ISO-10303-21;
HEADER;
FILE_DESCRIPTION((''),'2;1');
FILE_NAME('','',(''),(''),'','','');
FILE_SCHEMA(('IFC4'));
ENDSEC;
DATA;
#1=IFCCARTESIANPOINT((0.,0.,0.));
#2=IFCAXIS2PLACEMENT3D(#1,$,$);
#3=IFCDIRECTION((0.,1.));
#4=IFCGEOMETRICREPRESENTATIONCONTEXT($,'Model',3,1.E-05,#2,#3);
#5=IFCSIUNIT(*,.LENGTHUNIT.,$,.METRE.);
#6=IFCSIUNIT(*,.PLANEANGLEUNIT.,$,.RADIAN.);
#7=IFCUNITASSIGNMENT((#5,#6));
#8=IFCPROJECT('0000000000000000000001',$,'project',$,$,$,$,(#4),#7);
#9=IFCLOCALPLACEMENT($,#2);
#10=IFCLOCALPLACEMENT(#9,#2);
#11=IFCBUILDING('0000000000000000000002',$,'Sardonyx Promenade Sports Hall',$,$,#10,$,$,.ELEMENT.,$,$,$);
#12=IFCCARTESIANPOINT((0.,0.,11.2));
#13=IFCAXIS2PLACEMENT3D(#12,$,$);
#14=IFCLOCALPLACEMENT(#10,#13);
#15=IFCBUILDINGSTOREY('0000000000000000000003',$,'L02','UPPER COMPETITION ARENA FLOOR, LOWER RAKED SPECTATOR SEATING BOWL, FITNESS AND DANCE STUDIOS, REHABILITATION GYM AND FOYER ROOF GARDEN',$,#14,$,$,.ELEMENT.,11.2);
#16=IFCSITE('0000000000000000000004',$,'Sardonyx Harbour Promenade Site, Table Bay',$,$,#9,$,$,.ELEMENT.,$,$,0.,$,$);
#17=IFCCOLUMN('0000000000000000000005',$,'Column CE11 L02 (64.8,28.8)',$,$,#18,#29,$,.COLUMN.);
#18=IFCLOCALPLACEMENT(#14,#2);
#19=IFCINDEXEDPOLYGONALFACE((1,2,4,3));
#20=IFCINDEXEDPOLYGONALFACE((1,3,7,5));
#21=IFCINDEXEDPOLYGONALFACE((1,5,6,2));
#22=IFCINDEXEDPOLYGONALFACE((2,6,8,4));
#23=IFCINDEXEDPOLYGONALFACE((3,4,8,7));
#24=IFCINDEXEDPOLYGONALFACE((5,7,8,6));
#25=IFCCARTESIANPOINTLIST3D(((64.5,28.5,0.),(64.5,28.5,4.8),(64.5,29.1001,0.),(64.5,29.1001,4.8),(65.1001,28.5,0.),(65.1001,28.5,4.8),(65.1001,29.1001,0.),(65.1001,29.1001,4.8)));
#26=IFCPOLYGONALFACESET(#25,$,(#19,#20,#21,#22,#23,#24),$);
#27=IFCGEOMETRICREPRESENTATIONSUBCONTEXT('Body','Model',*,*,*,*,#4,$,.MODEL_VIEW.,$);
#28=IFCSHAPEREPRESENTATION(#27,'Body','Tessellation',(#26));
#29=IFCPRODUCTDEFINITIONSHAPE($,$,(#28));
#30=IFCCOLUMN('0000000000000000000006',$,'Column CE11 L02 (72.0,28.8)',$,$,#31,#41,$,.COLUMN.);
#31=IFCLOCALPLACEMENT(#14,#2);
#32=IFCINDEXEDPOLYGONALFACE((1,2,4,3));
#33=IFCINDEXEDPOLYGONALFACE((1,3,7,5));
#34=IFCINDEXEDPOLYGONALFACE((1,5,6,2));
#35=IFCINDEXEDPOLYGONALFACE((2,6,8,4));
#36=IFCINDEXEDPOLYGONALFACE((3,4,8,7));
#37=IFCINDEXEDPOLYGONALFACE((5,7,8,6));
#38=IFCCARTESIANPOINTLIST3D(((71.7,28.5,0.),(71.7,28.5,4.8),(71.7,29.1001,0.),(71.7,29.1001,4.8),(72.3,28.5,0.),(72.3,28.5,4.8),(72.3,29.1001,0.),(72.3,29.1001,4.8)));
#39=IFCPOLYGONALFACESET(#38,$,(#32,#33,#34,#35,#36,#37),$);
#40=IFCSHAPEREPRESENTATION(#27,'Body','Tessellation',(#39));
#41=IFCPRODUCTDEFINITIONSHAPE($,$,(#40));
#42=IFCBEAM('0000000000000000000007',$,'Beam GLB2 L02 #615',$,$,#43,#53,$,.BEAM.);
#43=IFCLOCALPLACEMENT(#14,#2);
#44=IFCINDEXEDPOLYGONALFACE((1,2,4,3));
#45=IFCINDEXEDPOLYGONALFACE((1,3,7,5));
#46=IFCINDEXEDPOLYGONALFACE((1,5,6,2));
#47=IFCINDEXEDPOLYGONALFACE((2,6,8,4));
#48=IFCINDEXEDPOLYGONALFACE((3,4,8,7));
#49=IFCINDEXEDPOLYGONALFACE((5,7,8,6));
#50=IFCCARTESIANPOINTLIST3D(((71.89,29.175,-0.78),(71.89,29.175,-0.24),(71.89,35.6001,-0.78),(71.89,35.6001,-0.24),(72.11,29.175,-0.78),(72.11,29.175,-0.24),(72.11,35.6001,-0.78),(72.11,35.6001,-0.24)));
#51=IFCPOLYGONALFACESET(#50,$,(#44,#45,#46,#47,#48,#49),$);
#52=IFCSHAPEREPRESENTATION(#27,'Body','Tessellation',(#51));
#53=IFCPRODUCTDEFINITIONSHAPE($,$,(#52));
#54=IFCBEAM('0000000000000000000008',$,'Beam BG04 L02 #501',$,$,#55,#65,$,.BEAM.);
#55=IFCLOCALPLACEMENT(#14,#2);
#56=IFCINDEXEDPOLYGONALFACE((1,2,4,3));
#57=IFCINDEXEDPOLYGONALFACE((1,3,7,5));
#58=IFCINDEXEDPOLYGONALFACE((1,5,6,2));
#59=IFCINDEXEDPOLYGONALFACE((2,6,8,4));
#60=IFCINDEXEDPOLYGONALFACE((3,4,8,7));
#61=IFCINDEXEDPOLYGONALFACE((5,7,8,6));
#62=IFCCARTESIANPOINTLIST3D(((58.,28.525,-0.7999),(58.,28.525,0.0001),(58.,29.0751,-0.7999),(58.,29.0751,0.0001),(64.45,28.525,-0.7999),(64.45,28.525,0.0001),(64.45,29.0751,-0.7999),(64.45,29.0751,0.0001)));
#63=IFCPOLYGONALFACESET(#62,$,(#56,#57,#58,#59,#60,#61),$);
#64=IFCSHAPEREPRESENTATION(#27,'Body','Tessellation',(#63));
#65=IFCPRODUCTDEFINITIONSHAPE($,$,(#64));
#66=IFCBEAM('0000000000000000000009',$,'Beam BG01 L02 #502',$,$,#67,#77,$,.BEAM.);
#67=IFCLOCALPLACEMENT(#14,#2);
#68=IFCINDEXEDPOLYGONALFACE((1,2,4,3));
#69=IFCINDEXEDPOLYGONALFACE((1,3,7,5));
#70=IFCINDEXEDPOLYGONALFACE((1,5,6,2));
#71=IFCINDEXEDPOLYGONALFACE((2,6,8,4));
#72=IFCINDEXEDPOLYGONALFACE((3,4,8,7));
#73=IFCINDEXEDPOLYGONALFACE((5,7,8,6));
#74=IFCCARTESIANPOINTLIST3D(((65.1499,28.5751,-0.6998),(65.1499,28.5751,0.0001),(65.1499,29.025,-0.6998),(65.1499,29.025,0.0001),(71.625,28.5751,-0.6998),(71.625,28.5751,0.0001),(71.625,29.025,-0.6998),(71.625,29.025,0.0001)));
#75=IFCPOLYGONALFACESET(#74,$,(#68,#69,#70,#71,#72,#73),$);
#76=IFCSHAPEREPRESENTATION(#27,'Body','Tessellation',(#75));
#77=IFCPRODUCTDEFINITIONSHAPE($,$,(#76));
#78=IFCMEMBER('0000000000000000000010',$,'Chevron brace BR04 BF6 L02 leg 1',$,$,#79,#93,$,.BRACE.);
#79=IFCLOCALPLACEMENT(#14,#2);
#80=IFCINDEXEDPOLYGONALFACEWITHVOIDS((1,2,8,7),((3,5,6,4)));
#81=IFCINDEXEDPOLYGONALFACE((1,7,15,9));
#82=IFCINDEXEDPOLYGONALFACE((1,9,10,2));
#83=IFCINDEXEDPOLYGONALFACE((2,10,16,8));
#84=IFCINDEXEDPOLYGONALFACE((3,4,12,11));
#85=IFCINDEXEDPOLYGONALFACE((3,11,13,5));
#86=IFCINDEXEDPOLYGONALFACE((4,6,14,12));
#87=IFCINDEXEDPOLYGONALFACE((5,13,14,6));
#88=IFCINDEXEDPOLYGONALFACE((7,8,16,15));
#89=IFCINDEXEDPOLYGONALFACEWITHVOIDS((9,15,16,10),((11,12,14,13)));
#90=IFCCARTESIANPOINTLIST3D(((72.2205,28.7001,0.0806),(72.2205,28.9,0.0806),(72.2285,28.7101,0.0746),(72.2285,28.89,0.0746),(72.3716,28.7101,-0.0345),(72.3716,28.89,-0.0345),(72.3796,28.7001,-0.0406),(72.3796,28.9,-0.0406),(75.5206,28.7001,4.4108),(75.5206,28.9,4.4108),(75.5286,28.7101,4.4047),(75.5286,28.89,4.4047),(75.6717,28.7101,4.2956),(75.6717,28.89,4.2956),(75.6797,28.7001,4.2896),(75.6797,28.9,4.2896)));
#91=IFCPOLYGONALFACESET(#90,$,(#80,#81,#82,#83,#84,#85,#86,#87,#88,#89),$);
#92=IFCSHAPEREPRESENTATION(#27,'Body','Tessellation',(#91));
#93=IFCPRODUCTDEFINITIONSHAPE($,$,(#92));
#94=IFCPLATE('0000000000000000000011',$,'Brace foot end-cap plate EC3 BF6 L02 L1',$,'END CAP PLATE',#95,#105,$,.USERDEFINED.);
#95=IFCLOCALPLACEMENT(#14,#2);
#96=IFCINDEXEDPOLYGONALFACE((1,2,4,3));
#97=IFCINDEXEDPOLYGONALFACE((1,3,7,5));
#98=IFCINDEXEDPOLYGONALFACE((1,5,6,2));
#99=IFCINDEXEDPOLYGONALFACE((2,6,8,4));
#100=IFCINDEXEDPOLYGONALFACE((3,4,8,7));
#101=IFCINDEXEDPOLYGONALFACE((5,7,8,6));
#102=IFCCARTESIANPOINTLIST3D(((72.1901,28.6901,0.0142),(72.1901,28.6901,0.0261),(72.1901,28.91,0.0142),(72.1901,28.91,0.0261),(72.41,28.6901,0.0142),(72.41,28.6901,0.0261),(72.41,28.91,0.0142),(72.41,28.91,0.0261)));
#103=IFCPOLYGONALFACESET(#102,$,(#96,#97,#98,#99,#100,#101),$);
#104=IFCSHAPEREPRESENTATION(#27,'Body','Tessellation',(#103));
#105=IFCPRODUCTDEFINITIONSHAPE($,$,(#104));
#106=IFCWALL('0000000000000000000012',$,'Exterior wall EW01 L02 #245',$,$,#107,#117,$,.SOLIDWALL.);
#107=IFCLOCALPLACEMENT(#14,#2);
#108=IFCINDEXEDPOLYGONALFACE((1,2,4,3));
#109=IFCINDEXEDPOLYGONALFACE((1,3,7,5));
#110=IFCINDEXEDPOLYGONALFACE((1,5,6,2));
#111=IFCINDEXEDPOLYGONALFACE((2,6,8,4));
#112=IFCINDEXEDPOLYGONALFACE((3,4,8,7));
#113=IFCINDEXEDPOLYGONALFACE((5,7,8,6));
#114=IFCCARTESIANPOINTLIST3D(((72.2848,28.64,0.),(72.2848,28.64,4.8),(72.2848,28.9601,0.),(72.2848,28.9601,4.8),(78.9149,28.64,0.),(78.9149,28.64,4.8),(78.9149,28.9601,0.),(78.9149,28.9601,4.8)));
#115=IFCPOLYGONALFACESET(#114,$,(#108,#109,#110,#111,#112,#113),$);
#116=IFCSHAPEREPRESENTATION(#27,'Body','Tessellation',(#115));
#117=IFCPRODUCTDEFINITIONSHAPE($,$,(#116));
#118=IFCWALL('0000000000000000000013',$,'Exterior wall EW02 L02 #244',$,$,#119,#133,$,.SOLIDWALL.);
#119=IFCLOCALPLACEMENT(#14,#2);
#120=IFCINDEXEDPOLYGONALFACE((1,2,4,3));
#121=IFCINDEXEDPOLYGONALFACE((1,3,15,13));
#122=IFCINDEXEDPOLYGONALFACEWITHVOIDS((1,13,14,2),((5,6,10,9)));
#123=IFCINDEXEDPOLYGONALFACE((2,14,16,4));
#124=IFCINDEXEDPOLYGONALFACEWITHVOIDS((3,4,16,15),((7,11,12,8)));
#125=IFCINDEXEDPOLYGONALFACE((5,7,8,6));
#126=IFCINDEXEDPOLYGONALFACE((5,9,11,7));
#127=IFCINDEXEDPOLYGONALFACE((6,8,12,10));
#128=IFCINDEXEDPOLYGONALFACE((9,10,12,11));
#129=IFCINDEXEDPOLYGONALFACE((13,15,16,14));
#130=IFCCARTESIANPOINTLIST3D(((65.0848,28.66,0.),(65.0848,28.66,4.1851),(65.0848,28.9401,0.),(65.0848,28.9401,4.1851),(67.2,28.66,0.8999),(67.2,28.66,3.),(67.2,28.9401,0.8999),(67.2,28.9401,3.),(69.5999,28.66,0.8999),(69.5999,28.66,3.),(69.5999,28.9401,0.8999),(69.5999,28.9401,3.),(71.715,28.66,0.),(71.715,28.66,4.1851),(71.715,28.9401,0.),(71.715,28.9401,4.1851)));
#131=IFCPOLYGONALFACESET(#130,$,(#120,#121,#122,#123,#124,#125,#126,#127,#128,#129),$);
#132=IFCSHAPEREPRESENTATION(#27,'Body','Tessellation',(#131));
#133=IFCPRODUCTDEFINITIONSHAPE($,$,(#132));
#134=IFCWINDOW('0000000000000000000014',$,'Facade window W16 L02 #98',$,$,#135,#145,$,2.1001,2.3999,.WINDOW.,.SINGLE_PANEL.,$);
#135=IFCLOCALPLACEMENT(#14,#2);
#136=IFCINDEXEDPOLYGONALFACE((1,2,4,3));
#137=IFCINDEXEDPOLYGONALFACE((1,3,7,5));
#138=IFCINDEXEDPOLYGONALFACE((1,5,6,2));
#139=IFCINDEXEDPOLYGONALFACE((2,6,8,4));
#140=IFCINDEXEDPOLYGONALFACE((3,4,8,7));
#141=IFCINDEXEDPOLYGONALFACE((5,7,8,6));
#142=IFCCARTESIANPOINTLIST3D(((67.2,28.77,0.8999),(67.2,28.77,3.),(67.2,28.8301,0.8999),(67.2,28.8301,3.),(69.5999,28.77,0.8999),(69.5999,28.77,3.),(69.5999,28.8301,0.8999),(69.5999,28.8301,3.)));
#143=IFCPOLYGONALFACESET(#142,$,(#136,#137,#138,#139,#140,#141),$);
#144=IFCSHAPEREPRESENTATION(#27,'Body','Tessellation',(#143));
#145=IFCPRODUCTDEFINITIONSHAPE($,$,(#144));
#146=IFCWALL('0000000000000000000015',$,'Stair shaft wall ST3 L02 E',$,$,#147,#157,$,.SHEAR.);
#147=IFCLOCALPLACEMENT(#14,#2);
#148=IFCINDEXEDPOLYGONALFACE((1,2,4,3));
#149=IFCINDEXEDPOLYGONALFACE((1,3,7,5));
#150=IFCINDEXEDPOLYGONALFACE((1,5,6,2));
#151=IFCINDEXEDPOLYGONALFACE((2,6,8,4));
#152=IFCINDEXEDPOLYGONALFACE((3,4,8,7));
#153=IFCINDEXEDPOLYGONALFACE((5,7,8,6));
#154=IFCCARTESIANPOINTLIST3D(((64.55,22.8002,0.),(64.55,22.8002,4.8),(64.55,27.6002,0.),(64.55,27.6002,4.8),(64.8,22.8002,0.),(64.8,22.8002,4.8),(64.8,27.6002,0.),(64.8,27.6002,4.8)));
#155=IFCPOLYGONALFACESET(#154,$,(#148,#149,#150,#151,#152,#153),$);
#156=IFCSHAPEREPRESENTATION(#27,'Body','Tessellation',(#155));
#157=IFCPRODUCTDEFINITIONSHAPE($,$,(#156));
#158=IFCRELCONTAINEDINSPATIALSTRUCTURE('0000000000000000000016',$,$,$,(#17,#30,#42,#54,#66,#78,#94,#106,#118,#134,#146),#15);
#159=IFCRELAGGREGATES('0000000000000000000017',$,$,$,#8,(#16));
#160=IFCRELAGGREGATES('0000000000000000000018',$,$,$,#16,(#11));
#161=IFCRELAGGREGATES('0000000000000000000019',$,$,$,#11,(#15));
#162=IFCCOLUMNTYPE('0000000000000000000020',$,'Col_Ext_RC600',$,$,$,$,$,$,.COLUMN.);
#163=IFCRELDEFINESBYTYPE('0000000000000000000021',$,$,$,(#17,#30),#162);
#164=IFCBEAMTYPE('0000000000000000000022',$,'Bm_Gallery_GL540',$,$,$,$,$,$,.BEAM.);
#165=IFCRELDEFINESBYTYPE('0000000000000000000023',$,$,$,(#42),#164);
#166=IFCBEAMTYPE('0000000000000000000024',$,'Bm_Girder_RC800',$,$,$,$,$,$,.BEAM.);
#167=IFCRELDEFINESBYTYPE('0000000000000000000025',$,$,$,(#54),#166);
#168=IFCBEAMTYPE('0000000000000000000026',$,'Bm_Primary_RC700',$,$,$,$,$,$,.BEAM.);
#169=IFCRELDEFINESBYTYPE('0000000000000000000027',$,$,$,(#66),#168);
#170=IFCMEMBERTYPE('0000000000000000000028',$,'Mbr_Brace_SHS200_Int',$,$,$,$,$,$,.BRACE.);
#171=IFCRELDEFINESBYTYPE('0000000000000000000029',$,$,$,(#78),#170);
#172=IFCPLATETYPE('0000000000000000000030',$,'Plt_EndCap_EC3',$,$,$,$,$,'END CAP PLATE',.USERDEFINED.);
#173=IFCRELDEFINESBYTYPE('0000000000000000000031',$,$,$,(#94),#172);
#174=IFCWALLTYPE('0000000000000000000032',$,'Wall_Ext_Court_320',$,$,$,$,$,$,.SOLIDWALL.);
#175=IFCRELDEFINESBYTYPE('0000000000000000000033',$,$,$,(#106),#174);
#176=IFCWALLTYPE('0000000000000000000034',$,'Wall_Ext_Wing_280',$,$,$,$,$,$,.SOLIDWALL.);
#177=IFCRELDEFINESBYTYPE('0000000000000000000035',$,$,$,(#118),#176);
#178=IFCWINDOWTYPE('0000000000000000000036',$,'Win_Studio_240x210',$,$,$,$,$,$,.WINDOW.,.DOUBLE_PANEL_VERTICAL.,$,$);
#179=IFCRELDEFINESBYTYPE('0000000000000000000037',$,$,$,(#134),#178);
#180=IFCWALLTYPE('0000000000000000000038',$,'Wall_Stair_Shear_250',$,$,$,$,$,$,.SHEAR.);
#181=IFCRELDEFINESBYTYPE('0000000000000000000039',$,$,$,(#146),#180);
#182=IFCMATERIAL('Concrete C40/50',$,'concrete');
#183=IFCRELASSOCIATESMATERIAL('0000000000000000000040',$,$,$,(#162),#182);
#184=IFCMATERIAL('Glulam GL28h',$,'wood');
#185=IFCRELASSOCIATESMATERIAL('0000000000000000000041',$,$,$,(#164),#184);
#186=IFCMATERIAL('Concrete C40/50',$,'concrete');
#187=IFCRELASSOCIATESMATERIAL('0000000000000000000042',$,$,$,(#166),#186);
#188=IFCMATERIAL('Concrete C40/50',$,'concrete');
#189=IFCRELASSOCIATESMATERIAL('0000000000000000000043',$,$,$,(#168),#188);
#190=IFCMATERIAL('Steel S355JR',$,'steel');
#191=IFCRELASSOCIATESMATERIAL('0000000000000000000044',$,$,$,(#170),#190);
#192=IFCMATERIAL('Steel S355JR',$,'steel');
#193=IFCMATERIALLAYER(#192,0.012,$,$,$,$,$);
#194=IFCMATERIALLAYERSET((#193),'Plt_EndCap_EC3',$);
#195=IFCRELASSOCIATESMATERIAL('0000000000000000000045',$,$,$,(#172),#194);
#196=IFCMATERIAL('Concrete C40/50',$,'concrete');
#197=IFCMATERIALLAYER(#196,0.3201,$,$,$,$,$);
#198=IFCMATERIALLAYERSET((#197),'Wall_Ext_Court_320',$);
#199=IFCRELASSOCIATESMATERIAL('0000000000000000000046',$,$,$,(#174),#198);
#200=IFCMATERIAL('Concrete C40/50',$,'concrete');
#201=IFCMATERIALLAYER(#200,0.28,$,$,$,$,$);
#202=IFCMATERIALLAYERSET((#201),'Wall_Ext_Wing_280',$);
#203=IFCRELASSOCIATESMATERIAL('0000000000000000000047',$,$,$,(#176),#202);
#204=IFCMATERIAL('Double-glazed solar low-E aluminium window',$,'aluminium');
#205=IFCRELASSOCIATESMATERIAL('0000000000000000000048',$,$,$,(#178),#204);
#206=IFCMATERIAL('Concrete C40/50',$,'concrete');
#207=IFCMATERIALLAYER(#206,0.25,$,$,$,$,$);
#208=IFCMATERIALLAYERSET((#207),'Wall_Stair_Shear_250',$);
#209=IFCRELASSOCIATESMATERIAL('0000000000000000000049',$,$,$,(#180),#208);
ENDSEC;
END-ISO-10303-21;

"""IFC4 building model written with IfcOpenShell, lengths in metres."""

from ifc_helpers import new_model, si_unit, direction, frame, frame_2d, origin, origin_2d, place, context, subcontext, project, spatial, rectangle, hollow_rectangle, extrude, material, layer, layer_set, material_profile, profile_set, type_object, element, fill, save


model = new_model("IFC4")

# Units and contexts
model_context = context("Model", 3, precision=1e-05, world=origin(), true_north=direction((0.0, 1.0)))
body_context = subcontext(model_context, "Body", "Model", "MODEL_VIEW")
ifc_project = project(units=[si_unit("LENGTHUNIT", "METRE"), si_unit("PLANEANGLEUNIT", "RADIAN")], contexts=[model_context])

# Site, building, storey
site_placement = place(None, origin())
site = spatial("IfcSite", under=ifc_project, at=site_placement, Name="Sardonyx Harbour Promenade Site, Table Bay", CompositionType="ELEMENT", RefElevation=0.0)
building_placement = place(site_placement, origin())
building = spatial("IfcBuilding", under=site, at=building_placement, Name="Sardonyx Promenade Sports Hall", CompositionType="ELEMENT")
storey_placement = place(building_placement, frame((0.0, 0.0, 11.2)))
storey = spatial("IfcBuildingStorey", under=building, at=storey_placement, Name="L02", Description="UPPER COMPETITION ARENA FLOOR, LOWER RAKED SPECTATOR SEATING BOWL, FITNESS AND DANCE STUDIOS, REHABILITATION GYM AND FOYER ROOF GARDEN", CompositionType="ELEMENT", Elevation=11.2)

# Columns
ifc_material_1 = material(Name="Concrete C40/50", Category="concrete")
ifc_material_profile_1 = material_profile(ifc_material_1, rectangle(XDim=0.6001, YDim=0.6001, at=origin_2d()))
ifc_profile_set_1 = profile_set([ifc_material_profile_1], Name="Concrete C40/50")
column_type = type_object("IfcColumnType", Name="Col_Ext_RC600", PredefinedType="COLUMN", material=ifc_profile_set_1)
for number, where, z_axis, x_axis, name in (
    (1, (64.8, 28.8, 0.0), (0.0, 0.0, 1.0), (1.0, 0.0, 0.0), "Column CE11 L02 (64.8,28.8)"),
    (2, (72.0, 28.8, 0.0), (0.0, 0.0, 1.0), (1.0, 0.0, 0.0), "Column CE11 L02 (72.0,28.8)"),
):
    element("IfcColumn", number, at=place(storey_placement, frame(where, z_axis=z_axis, x_axis=x_axis)), inside=storey, type_object=column_type, Name=name, PredefinedType="COLUMN", context=body_context, shape_type="SweptSolid", body=[
        extrude(rectangle(XDim=0.6001, YDim=0.6001, at=origin_2d()), origin(), (0.0, 0.0, 1.0), 4.8),
    ])

# Beams
ifc_material_2 = material(Name="Glulam GL28h", Category="wood")
ifc_material_profile_2 = material_profile(ifc_material_2, rectangle(XDim=0.22, YDim=0.54, at=origin_2d()))
ifc_profile_set_2 = profile_set([ifc_material_profile_2], Name="Glulam GL28h")
beam_type_1 = type_object("IfcBeamType", Name="Bm_Gallery_GL540", PredefinedType="BEAM", material=ifc_profile_set_2)
beam_1_placement = place(storey_placement, frame((72.0, 29.175, -0.51), z_axis=(0.0, 1.0, 0.0), x_axis=(-1.0, 0.0, 0.0)))
element("IfcBeam", 3, at=beam_1_placement, inside=storey, type_object=beam_type_1, Name="Beam GLB2 L02 #615", PredefinedType="BEAM", context=body_context, shape_type="SweptSolid", body=[
    extrude(rectangle(XDim=0.22, YDim=0.54, at=origin_2d()), origin(), (0.0, 0.0, 1.0), 6.425),
])
ifc_material_3 = material(Name="Concrete C40/50", Category="concrete")
ifc_material_profile_3 = material_profile(ifc_material_3, rectangle(XDim=0.55, YDim=0.8, at=origin_2d()))
ifc_profile_set_3 = profile_set([ifc_material_profile_3], Name="Concrete C40/50")
beam_type_2 = type_object("IfcBeamType", Name="Bm_Girder_RC800", PredefinedType="BEAM", material=ifc_profile_set_3)
beam_2_placement = place(storey_placement, frame((58.0, 28.8, -0.3999), z_axis=(1.0, 0.0, 0.0), x_axis=(0.0, 1.0, 0.0)))
element("IfcBeam", 4, at=beam_2_placement, inside=storey, type_object=beam_type_2, Name="Beam BG04 L02 #501", PredefinedType="BEAM", context=body_context, shape_type="SweptSolid", body=[
    extrude(rectangle(XDim=0.55, YDim=0.8, at=origin_2d()), origin(), (0.0, 0.0, 1.0), 6.45),
])
ifc_material_4 = material(Name="Concrete C40/50", Category="concrete")
ifc_material_profile_4 = material_profile(ifc_material_4, rectangle(XDim=0.45, YDim=0.7, at=origin_2d()))
ifc_profile_set_4 = profile_set([ifc_material_profile_4], Name="Concrete C40/50")
beam_type_3 = type_object("IfcBeamType", Name="Bm_Primary_RC700", PredefinedType="BEAM", material=ifc_profile_set_4)
beam_3_placement = place(storey_placement, frame((65.1499, 28.8, -0.3499), z_axis=(1.0, 0.0, 0.0), x_axis=(0.0, 1.0, 0.0)))
element("IfcBeam", 5, at=beam_3_placement, inside=storey, type_object=beam_type_3, Name="Beam BG01 L02 #502", PredefinedType="BEAM", context=body_context, shape_type="SweptSolid", body=[
    extrude(rectangle(XDim=0.45, YDim=0.7, at=origin_2d()), origin(), (0.0, 0.0, 1.0), 6.4751),
])

# Member
ifc_material_5 = material(Name="Steel S355JR", Category="steel")
ifc_material_profile_5 = material_profile(ifc_material_5, hollow_rectangle(XDim=0.2, YDim=0.2, WallThickness=0.01, at=origin_2d()))
ifc_profile_set_5 = profile_set([ifc_material_profile_5], Name="Steel S355JR")
member_type = type_object("IfcMemberType", Name="Mbr_Brace_SHS200_Int", PredefinedType="BRACE", material=ifc_profile_set_5)
member_placement = place(storey_placement, frame((72.3, 28.8, 0.02), z_axis=(0.606153, 0.0, 0.795348), x_axis=(0.0, 1.0, 0.0)))
element("IfcMember", 6, at=member_placement, inside=storey, type_object=member_type, Name="Chevron brace BR04 BF6 L02 leg 1", PredefinedType="BRACE", context=body_context, shape_type="SweptSolid", body=[
    extrude(hollow_rectangle(XDim=0.2, YDim=0.2, WallThickness=0.01, at=origin_2d()), origin(), (0.0, 0.0, 1.0), 5.4443),
])

# Plate
ifc_material_6 = material(Name="Steel S355JR", Category="steel")
ifc_layer_1 = layer(ifc_material_6, 0.012)
ifc_layer_set_1 = layer_set([ifc_layer_1], Name="Plt_EndCap_EC3")
plate_type = type_object("IfcPlateType", Name="Plt_EndCap_EC3", ElementType="END CAP PLATE", PredefinedType="USERDEFINED", material=ifc_layer_set_1)
plate_placement = place(storey_placement, frame((72.3, 28.8, 0.0142), z_axis=(0.0, 0.0, 1.0), x_axis=(1.0, 0.0, 0.0)))
element("IfcPlate", 7, at=plate_placement, inside=storey, type_object=plate_type, Name="Brace foot end-cap plate EC3 BF6 L02 L1", ObjectType="END CAP PLATE", PredefinedType="USERDEFINED", context=body_context, shape_type="SweptSolid", body=[
    extrude(rectangle(XDim=0.22, YDim=0.22, at=origin_2d()), origin(), (0.0, 0.0, 1.0), 0.012),
])

# Wall
ifc_material_7 = material(Name="Concrete C40/50", Category="concrete")
ifc_layer_2 = layer(ifc_material_7, 0.3201)
ifc_layer_set_2 = layer_set([ifc_layer_2], Name="Wall_Ext_Court_320")
wall_type_1 = type_object("IfcWallType", Name="Wall_Ext_Court_320", PredefinedType="SOLIDWALL", material=ifc_layer_set_2)
wall_1_placement = place(storey_placement, frame((72.2849, 28.8, 0.0), z_axis=(0.0, 0.0, 1.0), x_axis=(1.0, 0.0, 0.0)))
element("IfcWall", 8, at=wall_1_placement, inside=storey, type_object=wall_type_1, Name="Exterior wall EW01 L02 #245", PredefinedType="SOLIDWALL", context=body_context, shape_type="SweptSolid", body=[
    extrude(rectangle(XDim=6.6301, YDim=0.3201, at=frame_2d((3.3149, 0.0))), origin(), (0.0, 0.0, 1.0), 4.8),
])

# Shared definitions
ifc_material_8 = material(Name="Concrete C40/50", Category="concrete")
ifc_layer_3 = layer(ifc_material_8, 0.28)
ifc_layer_set_3 = layer_set([ifc_layer_3], Name="Wall_Ext_Wing_280")
wall_type_2 = type_object("IfcWallType", Name="Wall_Ext_Wing_280", PredefinedType="SOLIDWALL", material=ifc_layer_set_3)

# Wall, opening, window
wall_2_placement = place(storey_placement, frame((65.085, 28.8, 0.0), z_axis=(0.0, 0.0, 1.0), x_axis=(1.0, 0.0, 0.0)))
wall_2 = element("IfcWall", 9, at=wall_2_placement, inside=storey, type_object=wall_type_2, Name="Exterior wall EW02 L02 #244", PredefinedType="SOLIDWALL", context=body_context, shape_type="SweptSolid", body=[
    extrude(rectangle(XDim=6.6301, YDim=0.28, at=frame_2d((3.3149, 0.0))), origin(), (0.0, 0.0, 1.0), 4.1851),
])
opening_1_placement = place(wall_2_placement, frame((2.115, 0.0, 0.8999)))
opening_1 = element("IfcOpeningElement", 10, at=opening_1_placement, cuts=wall_2, PredefinedType="OPENING", context=body_context, shape_type="SweptSolid", body=[
    extrude(rectangle(XDim=2.3999, YDim=2.1001, at=frame_2d((1.2, 1.05))), frame((0.0, 0.15, 0.0), z_axis=(0.0, -1.0, 0.0), x_axis=(1.0, 0.0, 0.0)), (0.0, 0.0, 1.0), 0.3),
])
ifc_material_9 = material(Name="Double-glazed solar low-E aluminium window", Category="aluminium")
window_type = type_object("IfcWindowType", Name="Win_Studio_240x210", PartitioningType="DOUBLE_PANEL_VERTICAL", PredefinedType="WINDOW", material=ifc_material_9)
window_placement = place(opening_1_placement, origin())
window = element("IfcWindow", 11, at=window_placement, inside=storey, type_object=window_type, Name="Facade window W16 L02 #98", OverallHeight=2.1001, OverallWidth=2.3999, PartitioningType="SINGLE_PANEL", PredefinedType="WINDOW", context=body_context, shape_type="SweptSolid", body=[
    extrude(rectangle(XDim=2.3999, YDim=2.1001, at=frame_2d((1.2, 1.05))), frame((0.0, 0.03, 0.0), z_axis=(0.0, -1.0, 0.0), x_axis=(1.0, 0.0, 0.0)), (0.0, 0.0, 1.0), 0.0601),
])
fill(opening_1, window)

# Wall
ifc_material_10 = material(Name="Concrete C40/50", Category="concrete")
ifc_layer_4 = layer(ifc_material_10, 0.25)
ifc_layer_set_4 = layer_set([ifc_layer_4], Name="Wall_Stair_Shear_250")
wall_type_3 = type_object("IfcWallType", Name="Wall_Stair_Shear_250", PredefinedType="SHEAR", material=ifc_layer_set_4)
wall_3_placement = place(storey_placement, frame((64.675, 27.6001, 0.0), z_axis=(0.0, 0.0, 1.0), x_axis=(0.0, -1.0, 0.0)))
element("IfcWall", 12, at=wall_3_placement, inside=storey, type_object=wall_type_3, Name="Stair shaft wall ST3 L02 E", PredefinedType="SHEAR", context=body_context, shape_type="SweptSolid", body=[
    extrude(rectangle(XDim=4.8, YDim=0.25, at=frame_2d((2.3999, 0.0))), origin(), (0.0, 0.0, 1.0), 4.8),
])

save(model, "model.ifc")
